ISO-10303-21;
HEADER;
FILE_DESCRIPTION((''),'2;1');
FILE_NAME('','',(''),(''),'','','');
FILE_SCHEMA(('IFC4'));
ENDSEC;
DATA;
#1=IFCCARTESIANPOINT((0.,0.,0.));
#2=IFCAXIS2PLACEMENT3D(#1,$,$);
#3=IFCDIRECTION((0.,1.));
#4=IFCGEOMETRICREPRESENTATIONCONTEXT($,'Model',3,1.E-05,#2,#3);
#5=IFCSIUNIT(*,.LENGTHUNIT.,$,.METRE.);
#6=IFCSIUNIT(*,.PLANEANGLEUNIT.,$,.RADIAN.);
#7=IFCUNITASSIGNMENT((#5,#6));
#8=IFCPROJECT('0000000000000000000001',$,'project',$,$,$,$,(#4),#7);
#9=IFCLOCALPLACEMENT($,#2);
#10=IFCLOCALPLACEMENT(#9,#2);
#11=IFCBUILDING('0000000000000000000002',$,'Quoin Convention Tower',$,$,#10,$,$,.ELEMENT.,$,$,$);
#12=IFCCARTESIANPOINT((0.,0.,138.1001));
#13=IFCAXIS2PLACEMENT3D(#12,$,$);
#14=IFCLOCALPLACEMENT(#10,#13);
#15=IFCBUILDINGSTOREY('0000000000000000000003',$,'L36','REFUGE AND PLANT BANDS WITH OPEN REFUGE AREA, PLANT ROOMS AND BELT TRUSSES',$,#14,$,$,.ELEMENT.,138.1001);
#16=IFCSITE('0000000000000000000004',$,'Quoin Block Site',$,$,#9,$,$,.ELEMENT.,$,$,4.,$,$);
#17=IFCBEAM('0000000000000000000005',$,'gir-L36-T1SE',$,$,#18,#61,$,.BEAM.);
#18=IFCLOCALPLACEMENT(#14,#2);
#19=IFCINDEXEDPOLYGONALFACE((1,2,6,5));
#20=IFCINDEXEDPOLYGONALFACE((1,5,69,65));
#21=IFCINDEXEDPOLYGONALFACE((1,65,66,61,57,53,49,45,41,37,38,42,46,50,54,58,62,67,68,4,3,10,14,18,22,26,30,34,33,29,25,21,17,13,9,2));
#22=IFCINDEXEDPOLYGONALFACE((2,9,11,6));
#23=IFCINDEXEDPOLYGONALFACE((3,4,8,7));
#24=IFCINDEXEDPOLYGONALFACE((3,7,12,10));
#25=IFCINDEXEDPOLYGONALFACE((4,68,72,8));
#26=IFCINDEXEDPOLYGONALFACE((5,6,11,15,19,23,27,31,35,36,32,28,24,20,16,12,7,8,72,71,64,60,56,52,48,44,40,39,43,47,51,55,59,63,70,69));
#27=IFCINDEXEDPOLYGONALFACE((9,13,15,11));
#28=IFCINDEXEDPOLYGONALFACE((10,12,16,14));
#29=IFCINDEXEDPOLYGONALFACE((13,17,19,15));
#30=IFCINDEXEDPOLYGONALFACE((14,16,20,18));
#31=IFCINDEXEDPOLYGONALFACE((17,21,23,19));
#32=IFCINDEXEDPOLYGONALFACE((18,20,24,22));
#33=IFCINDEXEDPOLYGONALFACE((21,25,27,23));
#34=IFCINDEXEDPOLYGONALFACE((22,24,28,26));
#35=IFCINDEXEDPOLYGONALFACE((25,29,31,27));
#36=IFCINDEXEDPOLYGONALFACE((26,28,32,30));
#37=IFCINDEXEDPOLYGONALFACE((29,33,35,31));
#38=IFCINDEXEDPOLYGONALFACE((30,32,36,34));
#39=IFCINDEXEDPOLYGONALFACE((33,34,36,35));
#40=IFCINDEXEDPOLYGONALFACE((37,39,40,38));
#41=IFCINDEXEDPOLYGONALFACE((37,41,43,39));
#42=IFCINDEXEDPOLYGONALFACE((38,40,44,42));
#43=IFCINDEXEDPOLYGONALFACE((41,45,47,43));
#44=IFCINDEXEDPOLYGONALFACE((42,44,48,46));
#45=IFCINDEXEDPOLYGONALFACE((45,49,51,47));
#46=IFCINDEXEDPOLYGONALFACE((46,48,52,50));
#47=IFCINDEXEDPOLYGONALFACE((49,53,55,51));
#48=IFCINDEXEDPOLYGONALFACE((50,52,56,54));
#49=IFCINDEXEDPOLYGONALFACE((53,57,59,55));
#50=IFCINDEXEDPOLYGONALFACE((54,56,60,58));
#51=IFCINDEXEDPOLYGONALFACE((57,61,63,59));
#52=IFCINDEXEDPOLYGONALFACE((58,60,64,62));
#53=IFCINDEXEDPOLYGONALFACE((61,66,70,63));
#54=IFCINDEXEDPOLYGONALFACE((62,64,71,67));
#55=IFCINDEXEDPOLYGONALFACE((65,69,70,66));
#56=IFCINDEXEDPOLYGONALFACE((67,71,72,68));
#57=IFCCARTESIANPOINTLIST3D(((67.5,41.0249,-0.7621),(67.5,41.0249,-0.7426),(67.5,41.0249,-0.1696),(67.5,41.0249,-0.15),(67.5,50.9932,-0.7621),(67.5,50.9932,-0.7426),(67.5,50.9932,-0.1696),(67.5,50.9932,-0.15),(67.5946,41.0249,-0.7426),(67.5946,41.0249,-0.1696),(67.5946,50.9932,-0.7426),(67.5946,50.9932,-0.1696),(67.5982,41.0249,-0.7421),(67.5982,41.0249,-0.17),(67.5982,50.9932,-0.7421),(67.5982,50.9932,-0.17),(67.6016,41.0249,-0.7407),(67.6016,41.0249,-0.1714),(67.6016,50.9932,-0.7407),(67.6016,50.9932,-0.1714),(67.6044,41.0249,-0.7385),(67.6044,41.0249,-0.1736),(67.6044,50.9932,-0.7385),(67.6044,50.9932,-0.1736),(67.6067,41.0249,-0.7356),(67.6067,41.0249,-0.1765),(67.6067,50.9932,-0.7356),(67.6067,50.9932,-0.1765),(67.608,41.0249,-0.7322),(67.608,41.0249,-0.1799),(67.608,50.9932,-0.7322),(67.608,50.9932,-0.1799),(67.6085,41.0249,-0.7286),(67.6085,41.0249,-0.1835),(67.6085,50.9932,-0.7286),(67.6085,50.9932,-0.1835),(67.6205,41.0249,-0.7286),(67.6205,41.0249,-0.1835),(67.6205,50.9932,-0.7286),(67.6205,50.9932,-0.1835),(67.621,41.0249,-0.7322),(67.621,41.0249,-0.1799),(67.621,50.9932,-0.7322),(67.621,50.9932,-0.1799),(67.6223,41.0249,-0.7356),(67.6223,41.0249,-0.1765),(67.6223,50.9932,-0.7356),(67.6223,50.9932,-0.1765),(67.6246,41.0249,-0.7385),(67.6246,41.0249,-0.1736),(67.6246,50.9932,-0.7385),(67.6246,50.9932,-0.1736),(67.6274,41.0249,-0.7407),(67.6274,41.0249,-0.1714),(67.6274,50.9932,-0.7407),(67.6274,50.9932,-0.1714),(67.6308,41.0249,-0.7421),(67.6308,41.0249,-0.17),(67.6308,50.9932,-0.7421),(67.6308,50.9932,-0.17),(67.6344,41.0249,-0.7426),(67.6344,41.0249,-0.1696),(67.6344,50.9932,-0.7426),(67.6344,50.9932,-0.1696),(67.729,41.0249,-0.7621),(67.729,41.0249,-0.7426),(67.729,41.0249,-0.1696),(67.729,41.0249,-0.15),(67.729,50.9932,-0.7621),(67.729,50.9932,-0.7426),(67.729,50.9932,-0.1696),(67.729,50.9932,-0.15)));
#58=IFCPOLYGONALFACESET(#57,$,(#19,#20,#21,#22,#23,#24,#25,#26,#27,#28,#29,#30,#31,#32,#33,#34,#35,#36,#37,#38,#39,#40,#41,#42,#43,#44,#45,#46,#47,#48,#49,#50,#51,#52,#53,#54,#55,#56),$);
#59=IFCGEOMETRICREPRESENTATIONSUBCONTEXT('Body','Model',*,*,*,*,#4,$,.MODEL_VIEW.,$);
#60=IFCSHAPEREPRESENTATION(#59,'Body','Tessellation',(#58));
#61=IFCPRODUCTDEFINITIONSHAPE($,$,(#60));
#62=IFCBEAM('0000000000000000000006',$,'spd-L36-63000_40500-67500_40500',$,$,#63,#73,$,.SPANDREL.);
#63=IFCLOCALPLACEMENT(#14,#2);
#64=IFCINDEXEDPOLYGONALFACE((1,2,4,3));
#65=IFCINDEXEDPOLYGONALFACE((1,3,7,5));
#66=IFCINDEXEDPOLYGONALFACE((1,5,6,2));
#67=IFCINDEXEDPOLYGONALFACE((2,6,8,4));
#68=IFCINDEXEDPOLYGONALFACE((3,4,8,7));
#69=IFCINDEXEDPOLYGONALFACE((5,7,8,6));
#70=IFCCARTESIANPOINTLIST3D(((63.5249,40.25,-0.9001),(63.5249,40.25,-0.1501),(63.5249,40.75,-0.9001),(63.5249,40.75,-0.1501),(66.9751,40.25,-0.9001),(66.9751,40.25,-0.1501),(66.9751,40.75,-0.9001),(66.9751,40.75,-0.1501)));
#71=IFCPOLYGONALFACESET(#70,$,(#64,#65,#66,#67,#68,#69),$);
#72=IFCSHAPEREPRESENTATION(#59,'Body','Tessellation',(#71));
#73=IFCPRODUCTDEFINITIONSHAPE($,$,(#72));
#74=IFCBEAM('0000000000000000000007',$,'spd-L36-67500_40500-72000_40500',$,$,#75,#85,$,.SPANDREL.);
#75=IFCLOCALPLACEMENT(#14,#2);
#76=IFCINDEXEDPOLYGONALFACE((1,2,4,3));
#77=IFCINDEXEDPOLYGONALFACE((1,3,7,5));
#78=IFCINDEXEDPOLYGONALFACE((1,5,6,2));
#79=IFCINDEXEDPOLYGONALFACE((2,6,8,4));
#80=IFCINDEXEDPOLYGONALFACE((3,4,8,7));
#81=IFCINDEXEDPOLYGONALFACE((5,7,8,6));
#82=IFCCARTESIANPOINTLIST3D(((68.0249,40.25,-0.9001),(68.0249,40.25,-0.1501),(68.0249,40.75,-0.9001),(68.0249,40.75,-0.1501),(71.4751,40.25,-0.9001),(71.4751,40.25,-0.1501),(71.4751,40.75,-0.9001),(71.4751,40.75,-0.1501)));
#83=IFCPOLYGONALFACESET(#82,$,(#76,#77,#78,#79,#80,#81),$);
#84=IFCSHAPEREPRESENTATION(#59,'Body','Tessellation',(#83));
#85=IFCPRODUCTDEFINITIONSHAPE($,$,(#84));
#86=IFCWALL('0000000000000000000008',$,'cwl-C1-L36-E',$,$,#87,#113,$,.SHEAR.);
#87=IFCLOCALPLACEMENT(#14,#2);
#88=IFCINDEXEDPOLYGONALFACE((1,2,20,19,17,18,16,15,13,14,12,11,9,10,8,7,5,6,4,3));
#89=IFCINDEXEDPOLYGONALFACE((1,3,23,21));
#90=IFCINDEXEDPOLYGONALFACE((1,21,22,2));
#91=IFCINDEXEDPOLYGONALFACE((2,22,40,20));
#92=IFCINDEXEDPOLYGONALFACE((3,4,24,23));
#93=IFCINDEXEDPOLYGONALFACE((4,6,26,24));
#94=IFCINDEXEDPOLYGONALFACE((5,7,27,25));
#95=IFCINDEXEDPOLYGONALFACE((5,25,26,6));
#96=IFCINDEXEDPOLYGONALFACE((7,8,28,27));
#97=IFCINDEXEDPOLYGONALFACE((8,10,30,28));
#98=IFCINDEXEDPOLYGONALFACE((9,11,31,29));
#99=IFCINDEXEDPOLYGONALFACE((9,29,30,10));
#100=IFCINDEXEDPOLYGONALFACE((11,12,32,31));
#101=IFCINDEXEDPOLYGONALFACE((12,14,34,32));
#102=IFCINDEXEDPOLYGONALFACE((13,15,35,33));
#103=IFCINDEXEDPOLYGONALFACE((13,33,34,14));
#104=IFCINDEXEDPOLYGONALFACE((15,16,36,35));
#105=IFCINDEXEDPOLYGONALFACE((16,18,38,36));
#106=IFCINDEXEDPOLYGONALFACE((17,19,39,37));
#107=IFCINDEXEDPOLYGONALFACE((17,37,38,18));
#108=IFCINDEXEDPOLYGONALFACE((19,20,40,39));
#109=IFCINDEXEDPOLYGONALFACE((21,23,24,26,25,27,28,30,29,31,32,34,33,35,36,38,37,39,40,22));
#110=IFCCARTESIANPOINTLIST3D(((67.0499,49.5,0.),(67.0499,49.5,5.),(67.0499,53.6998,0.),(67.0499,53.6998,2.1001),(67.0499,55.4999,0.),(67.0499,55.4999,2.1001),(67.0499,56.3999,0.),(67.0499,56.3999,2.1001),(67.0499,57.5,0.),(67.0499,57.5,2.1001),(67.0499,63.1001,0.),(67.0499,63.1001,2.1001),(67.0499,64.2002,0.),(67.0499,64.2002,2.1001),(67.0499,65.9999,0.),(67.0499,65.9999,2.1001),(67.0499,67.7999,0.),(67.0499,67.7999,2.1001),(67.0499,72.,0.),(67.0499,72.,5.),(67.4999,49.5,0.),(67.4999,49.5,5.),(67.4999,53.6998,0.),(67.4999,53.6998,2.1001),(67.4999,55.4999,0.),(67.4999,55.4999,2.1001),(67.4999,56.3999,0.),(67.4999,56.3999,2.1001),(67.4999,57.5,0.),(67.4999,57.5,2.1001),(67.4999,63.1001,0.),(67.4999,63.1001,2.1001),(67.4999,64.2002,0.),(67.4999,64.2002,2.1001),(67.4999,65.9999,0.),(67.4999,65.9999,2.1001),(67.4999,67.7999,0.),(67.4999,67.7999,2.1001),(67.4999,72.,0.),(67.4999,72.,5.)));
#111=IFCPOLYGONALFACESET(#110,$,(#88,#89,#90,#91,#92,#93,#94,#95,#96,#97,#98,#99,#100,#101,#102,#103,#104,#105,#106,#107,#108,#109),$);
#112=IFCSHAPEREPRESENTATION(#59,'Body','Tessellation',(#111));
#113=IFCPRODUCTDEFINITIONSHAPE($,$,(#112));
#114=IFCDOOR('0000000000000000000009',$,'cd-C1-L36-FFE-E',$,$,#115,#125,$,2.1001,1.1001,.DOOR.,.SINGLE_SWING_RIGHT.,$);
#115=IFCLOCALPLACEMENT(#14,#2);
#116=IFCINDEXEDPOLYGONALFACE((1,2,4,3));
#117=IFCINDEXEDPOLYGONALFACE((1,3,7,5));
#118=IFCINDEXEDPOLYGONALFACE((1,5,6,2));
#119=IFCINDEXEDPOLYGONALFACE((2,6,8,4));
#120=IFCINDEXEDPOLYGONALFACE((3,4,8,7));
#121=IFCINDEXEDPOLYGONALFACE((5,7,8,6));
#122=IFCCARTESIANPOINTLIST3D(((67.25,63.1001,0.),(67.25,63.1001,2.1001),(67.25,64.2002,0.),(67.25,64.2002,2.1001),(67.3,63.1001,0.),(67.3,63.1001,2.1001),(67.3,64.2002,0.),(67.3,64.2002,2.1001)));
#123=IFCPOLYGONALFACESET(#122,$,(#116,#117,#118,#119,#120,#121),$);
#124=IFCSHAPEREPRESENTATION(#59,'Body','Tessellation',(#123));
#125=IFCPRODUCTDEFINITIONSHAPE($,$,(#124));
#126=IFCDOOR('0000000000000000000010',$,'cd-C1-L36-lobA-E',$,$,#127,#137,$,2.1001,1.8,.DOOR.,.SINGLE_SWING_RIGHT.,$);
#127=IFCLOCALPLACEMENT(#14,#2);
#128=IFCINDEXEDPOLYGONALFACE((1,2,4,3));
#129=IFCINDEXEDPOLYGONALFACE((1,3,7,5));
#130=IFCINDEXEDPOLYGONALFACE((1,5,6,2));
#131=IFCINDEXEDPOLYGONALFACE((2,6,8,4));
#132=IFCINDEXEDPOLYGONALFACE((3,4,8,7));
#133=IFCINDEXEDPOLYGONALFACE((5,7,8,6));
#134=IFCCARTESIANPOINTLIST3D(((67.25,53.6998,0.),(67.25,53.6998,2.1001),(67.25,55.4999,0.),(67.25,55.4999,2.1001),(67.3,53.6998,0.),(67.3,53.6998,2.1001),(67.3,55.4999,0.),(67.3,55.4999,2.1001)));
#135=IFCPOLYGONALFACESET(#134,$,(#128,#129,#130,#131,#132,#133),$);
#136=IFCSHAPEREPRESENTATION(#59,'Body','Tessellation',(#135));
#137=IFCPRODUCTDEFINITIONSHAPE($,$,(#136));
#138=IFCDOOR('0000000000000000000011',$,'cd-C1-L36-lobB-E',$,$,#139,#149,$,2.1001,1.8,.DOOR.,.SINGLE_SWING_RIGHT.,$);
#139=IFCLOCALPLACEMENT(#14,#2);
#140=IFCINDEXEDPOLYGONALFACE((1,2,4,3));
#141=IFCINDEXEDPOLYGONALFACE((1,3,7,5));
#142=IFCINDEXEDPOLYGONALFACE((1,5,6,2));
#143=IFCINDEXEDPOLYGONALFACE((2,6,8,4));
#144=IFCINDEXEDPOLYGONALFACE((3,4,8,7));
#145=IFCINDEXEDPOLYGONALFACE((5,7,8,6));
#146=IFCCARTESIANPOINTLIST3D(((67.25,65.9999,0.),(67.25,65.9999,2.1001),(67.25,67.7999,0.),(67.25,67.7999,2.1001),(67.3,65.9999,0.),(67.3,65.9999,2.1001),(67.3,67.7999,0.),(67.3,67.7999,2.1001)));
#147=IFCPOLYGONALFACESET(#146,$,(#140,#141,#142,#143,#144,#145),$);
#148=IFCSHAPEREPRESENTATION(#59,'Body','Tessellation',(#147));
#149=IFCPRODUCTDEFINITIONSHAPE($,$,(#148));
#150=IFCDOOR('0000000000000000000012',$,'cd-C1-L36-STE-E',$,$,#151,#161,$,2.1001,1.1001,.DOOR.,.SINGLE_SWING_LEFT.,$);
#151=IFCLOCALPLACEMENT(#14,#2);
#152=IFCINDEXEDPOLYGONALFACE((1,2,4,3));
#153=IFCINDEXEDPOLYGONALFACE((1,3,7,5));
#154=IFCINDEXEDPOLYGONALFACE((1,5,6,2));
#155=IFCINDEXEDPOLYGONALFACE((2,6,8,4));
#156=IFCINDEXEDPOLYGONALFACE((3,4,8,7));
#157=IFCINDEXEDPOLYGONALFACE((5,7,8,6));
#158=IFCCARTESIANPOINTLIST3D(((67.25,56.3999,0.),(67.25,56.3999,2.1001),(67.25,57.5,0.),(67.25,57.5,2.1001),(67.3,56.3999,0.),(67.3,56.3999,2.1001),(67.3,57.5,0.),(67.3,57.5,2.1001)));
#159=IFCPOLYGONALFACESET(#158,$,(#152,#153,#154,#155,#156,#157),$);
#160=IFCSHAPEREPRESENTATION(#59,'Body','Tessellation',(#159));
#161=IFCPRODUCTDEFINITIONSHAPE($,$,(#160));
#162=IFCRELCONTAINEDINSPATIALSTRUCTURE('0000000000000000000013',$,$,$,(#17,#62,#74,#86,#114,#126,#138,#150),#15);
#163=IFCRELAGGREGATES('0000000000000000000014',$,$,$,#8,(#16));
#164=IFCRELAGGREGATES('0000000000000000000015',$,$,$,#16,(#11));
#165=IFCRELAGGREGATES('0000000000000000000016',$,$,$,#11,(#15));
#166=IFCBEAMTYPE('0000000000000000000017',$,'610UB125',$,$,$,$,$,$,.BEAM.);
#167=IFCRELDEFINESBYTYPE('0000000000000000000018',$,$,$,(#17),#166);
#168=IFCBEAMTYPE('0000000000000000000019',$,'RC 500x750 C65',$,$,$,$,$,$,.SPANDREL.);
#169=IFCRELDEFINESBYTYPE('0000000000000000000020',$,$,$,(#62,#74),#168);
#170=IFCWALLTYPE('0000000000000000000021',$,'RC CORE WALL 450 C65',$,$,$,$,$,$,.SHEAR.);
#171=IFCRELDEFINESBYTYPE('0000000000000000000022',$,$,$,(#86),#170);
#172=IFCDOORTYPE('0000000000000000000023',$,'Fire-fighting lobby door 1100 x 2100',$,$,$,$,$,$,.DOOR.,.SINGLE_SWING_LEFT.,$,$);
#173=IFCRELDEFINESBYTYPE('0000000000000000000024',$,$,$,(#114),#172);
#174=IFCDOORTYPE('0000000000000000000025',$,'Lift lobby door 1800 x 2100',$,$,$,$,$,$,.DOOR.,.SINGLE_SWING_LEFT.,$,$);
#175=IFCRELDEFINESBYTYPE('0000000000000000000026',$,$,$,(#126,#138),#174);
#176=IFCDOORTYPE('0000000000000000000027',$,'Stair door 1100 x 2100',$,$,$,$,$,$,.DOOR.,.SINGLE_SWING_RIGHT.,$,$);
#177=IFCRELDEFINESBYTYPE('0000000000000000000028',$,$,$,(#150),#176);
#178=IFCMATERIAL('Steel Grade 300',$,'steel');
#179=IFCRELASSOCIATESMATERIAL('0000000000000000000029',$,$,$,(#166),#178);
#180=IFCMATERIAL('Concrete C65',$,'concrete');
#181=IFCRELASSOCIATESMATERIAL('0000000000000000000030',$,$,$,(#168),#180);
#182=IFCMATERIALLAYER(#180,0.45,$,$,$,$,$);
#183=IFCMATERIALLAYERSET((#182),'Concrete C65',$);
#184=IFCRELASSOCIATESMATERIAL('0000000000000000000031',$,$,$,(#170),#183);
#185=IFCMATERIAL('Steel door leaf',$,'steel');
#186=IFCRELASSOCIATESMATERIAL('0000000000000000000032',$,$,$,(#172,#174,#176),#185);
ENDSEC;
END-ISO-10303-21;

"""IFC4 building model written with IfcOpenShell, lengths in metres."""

from ifc_helpers import new_model, si_unit, direction, frame, frame_2d, origin, origin_2d, place, context, subcontext, project, spatial, rectangle, i_section, extrude, material, layer, layer_set, material_profile, profile_set, type_object, element, fill, save


model = new_model("IFC4")

# Units and contexts
model_context = context("Model", 3, precision=1e-05, world=origin(), true_north=direction((0.0, 1.0)))
body_context = subcontext(model_context, "Body", "Model", "MODEL_VIEW")
ifc_project = project(units=[si_unit("LENGTHUNIT", "METRE"), si_unit("PLANEANGLEUNIT", "RADIAN")], contexts=[model_context])

# Site, building, storey
site_placement = place(None, origin())
site = spatial("IfcSite", under=ifc_project, at=site_placement, Name="Quoin Block Site", CompositionType="ELEMENT", RefElevation=4.0)
building_placement = place(site_placement, origin())
building = spatial("IfcBuilding", under=site, at=building_placement, Name="Quoin Convention Tower", CompositionType="ELEMENT")
storey_placement = place(building_placement, frame((0.0, 0.0, 138.1001)))
storey = spatial("IfcBuildingStorey", under=building, at=storey_placement, Name="L36", Description="REFUGE AND PLANT BANDS WITH OPEN REFUGE AREA, PLANT ROOMS AND BELT TRUSSES", CompositionType="ELEMENT", Elevation=138.1001)

# Shared definitions
ifc_material_1 = material(Name="Concrete C65", Category="concrete")

# Shared definitions
ifc_material_2 = material(Name="Steel Grade 300", Category="steel")

# Beams
ifc_material_profile_1 = material_profile(ifc_material_2, i_section(OverallWidth=0.229, OverallDepth=0.6121, WebThickness=0.012, FlangeThickness=0.0195, FilletRadius=0.0139, at=origin_2d()), Name="610UB125")
ifc_profile_set_1 = profile_set([ifc_material_profile_1], Name="Steel Grade 300")
beam_type_1 = type_object("IfcBeamType", Name="610UB125", PredefinedType="BEAM", material=ifc_profile_set_1)
beam_1_placement = place(storey_placement, frame((67.6145, 41.0249, -0.4561), z_axis=(0.0, 1.0, 0.0), x_axis=(-1.0, 0.0, 0.0)))
element("IfcBeam", 1, at=beam_1_placement, inside=storey, type_object=beam_type_1, Name="gir-L36-T1SE", PredefinedType="BEAM", context=body_context, shape_type="SweptSolid", body=[
    extrude(i_section(OverallWidth=0.229, OverallDepth=0.6121, WebThickness=0.012, FlangeThickness=0.0195, FilletRadius=0.0139, at=origin_2d()), origin(), (0.0, 0.0, 1.0), 9.9683),
])
ifc_material_profile_2 = material_profile(ifc_material_1, rectangle(XDim=0.5, YDim=0.75, at=origin_2d()), Name="RC 500x750")
ifc_profile_set_2 = profile_set([ifc_material_profile_2], Name="Concrete C65")
beam_type_2 = type_object("IfcBeamType", Name="RC 500x750 C65", PredefinedType="SPANDREL", material=ifc_profile_set_2)
for number, where, z_axis, x_axis, name in (
    (2, (63.5249, 40.5, -0.5251), (1.0, 0.0, 0.0), (0.0, 1.0, 0.0), "spd-L36-63000_40500-67500_40500"),
    (3, (68.0249, 40.5, -0.5251), (1.0, 0.0, 0.0), (0.0, 1.0, 0.0), "spd-L36-67500_40500-72000_40500"),
):
    element("IfcBeam", number, at=place(storey_placement, frame(where, z_axis=z_axis, x_axis=x_axis)), inside=storey, type_object=beam_type_2, Name=name, PredefinedType="SPANDREL", context=body_context, shape_type="SweptSolid", body=[
        extrude(rectangle(XDim=0.5, YDim=0.75, at=origin_2d()), origin(), (0.0, 0.0, 1.0), 3.4502),
    ])

# Wall, openings, doors
ifc_layer = layer(ifc_material_1, 0.45)
ifc_layer_set = layer_set([ifc_layer], Name="Concrete C65")
wall_type = type_object("IfcWallType", Name="RC CORE WALL 450 C65", PredefinedType="SHEAR", material=ifc_layer_set)
wall_placement = place(storey_placement, frame((67.2749, 49.5, 0.0), z_axis=(0.0, 0.0, 1.0), x_axis=(0.0, 1.0, 0.0)))
wall = element("IfcWall", 4, at=wall_placement, inside=storey, type_object=wall_type, Name="cwl-C1-L36-E", PredefinedType="SHEAR", context=body_context, shape_type="SweptSolid", body=[
    extrude(rectangle(XDim=22.5, YDim=0.45, at=frame_2d((11.25, 0.0))), origin(), (0.0, 0.0, 1.0), 5.0),
])
opening_1_placement = place(wall_placement, frame((4.2, 0.0, 0.0)))
opening_1 = element("IfcOpeningElement", 5, at=opening_1_placement, cuts=wall, PredefinedType="OPENING", context=body_context, shape_type="SweptSolid", body=[
    extrude(rectangle(XDim=1.8, YDim=2.1001, at=frame_2d((0.8999, 1.05))), frame((0.0, 0.2349, 0.0), z_axis=(0.0, -1.0, 0.0), x_axis=(1.0, 0.0, 0.0)), (0.0, 0.0, 1.0), 0.47),
])
opening_2_placement = place(wall_placement, frame((6.8999, 0.0, 0.0)))
opening_2 = element("IfcOpeningElement", 6, at=opening_2_placement, cuts=wall, PredefinedType="OPENING", context=body_context, shape_type="SweptSolid", body=[
    extrude(rectangle(XDim=1.1001, YDim=2.1001, at=frame_2d((0.55, 1.05))), frame((0.0, 0.2349, 0.0), z_axis=(0.0, -1.0, 0.0), x_axis=(1.0, 0.0, 0.0)), (0.0, 0.0, 1.0), 0.47),
])
opening_3_placement = place(wall_placement, frame((13.6001, 0.0, 0.0)))
opening_3 = element("IfcOpeningElement", 7, at=opening_3_placement, cuts=wall, PredefinedType="OPENING", context=body_context, shape_type="SweptSolid", body=[
    extrude(rectangle(XDim=1.1001, YDim=2.1001, at=frame_2d((0.55, 1.05))), frame((0.0, 0.2349, 0.0), z_axis=(0.0, -1.0, 0.0), x_axis=(1.0, 0.0, 0.0)), (0.0, 0.0, 1.0), 0.47),
])
opening_4_placement = place(wall_placement, frame((16.5, 0.0, 0.0)))
opening_4 = element("IfcOpeningElement", 8, at=opening_4_placement, cuts=wall, PredefinedType="OPENING", context=body_context, shape_type="SweptSolid", body=[
    extrude(rectangle(XDim=1.8, YDim=2.1001, at=frame_2d((0.8999, 1.05))), frame((0.0, 0.2349, 0.0), z_axis=(0.0, -1.0, 0.0), x_axis=(1.0, 0.0, 0.0)), (0.0, 0.0, 1.0), 0.47),
])
ifc_material_3 = material(Name="Steel door leaf", Category="steel")
door_type_1 = type_object("IfcDoorType", Name="Fire-fighting lobby door 1100 x 2100", OperationType="SINGLE_SWING_LEFT", PredefinedType="DOOR", material=ifc_material_3)
door_1_placement = place(opening_3_placement, origin())
door_1 = element("IfcDoor", 9, at=door_1_placement, inside=storey, type_object=door_type_1, Name="cd-C1-L36-FFE-E", OperationType="SINGLE_SWING_RIGHT", OverallHeight=2.1001, OverallWidth=1.1001, PredefinedType="DOOR", context=body_context, shape_type="SweptSolid", body=[
    extrude(rectangle(XDim=1.1001, YDim=2.1001, at=frame_2d((0.55, 1.05))), frame((0.0, 0.0249, 0.0), z_axis=(0.0, -1.0, 0.0), x_axis=(1.0, 0.0, 0.0)), (0.0, 0.0, 1.0), 0.05),
])
fill(opening_3, door_1)
door_type_2 = type_object("IfcDoorType", Name="Lift lobby door 1800 x 2100", OperationType="SINGLE_SWING_LEFT", PredefinedType="DOOR", material=ifc_material_3)
door_2_placement = place(opening_1_placement, origin())
door_2 = element("IfcDoor", 10, at=door_2_placement, inside=storey, type_object=door_type_2, Name="cd-C1-L36-lobA-E", OperationType="SINGLE_SWING_RIGHT", OverallHeight=2.1001, OverallWidth=1.8, PredefinedType="DOOR", context=body_context, shape_type="SweptSolid", body=[
    extrude(rectangle(XDim=1.8, YDim=2.1001, at=frame_2d((0.8999, 1.05))), frame((0.0, 0.0249, 0.0), z_axis=(0.0, -1.0, 0.0), x_axis=(1.0, 0.0, 0.0)), (0.0, 0.0, 1.0), 0.05),
])
fill(opening_1, door_2)
door_3_placement = place(opening_4_placement, origin())
door_3 = element("IfcDoor", 11, at=door_3_placement, inside=storey, type_object=door_type_2, Name="cd-C1-L36-lobB-E", OperationType="SINGLE_SWING_RIGHT", OverallHeight=2.1001, OverallWidth=1.8, PredefinedType="DOOR", context=body_context, shape_type="SweptSolid", body=[
    extrude(rectangle(XDim=1.8, YDim=2.1001, at=frame_2d((0.8999, 1.05))), frame((0.0, 0.0249, 0.0), z_axis=(0.0, -1.0, 0.0), x_axis=(1.0, 0.0, 0.0)), (0.0, 0.0, 1.0), 0.05),
])
fill(opening_4, door_3)
door_type_3 = type_object("IfcDoorType", Name="Stair door 1100 x 2100", OperationType="SINGLE_SWING_RIGHT", PredefinedType="DOOR", material=ifc_material_3)
door_4_placement = place(opening_2_placement, origin())
door_4 = element("IfcDoor", 12, at=door_4_placement, inside=storey, type_object=door_type_3, Name="cd-C1-L36-STE-E", OperationType="SINGLE_SWING_LEFT", OverallHeight=2.1001, OverallWidth=1.1001, PredefinedType="DOOR", context=body_context, shape_type="SweptSolid", body=[
    extrude(rectangle(XDim=1.1001, YDim=2.1001, at=frame_2d((0.55, 1.05))), frame((0.0, 0.0249, 0.0), z_axis=(0.0, -1.0, 0.0), x_axis=(1.0, 0.0, 0.0)), (0.0, 0.0, 1.0), 0.05),
])
fill(opening_2, door_4)

save(model, "model.ifc")
